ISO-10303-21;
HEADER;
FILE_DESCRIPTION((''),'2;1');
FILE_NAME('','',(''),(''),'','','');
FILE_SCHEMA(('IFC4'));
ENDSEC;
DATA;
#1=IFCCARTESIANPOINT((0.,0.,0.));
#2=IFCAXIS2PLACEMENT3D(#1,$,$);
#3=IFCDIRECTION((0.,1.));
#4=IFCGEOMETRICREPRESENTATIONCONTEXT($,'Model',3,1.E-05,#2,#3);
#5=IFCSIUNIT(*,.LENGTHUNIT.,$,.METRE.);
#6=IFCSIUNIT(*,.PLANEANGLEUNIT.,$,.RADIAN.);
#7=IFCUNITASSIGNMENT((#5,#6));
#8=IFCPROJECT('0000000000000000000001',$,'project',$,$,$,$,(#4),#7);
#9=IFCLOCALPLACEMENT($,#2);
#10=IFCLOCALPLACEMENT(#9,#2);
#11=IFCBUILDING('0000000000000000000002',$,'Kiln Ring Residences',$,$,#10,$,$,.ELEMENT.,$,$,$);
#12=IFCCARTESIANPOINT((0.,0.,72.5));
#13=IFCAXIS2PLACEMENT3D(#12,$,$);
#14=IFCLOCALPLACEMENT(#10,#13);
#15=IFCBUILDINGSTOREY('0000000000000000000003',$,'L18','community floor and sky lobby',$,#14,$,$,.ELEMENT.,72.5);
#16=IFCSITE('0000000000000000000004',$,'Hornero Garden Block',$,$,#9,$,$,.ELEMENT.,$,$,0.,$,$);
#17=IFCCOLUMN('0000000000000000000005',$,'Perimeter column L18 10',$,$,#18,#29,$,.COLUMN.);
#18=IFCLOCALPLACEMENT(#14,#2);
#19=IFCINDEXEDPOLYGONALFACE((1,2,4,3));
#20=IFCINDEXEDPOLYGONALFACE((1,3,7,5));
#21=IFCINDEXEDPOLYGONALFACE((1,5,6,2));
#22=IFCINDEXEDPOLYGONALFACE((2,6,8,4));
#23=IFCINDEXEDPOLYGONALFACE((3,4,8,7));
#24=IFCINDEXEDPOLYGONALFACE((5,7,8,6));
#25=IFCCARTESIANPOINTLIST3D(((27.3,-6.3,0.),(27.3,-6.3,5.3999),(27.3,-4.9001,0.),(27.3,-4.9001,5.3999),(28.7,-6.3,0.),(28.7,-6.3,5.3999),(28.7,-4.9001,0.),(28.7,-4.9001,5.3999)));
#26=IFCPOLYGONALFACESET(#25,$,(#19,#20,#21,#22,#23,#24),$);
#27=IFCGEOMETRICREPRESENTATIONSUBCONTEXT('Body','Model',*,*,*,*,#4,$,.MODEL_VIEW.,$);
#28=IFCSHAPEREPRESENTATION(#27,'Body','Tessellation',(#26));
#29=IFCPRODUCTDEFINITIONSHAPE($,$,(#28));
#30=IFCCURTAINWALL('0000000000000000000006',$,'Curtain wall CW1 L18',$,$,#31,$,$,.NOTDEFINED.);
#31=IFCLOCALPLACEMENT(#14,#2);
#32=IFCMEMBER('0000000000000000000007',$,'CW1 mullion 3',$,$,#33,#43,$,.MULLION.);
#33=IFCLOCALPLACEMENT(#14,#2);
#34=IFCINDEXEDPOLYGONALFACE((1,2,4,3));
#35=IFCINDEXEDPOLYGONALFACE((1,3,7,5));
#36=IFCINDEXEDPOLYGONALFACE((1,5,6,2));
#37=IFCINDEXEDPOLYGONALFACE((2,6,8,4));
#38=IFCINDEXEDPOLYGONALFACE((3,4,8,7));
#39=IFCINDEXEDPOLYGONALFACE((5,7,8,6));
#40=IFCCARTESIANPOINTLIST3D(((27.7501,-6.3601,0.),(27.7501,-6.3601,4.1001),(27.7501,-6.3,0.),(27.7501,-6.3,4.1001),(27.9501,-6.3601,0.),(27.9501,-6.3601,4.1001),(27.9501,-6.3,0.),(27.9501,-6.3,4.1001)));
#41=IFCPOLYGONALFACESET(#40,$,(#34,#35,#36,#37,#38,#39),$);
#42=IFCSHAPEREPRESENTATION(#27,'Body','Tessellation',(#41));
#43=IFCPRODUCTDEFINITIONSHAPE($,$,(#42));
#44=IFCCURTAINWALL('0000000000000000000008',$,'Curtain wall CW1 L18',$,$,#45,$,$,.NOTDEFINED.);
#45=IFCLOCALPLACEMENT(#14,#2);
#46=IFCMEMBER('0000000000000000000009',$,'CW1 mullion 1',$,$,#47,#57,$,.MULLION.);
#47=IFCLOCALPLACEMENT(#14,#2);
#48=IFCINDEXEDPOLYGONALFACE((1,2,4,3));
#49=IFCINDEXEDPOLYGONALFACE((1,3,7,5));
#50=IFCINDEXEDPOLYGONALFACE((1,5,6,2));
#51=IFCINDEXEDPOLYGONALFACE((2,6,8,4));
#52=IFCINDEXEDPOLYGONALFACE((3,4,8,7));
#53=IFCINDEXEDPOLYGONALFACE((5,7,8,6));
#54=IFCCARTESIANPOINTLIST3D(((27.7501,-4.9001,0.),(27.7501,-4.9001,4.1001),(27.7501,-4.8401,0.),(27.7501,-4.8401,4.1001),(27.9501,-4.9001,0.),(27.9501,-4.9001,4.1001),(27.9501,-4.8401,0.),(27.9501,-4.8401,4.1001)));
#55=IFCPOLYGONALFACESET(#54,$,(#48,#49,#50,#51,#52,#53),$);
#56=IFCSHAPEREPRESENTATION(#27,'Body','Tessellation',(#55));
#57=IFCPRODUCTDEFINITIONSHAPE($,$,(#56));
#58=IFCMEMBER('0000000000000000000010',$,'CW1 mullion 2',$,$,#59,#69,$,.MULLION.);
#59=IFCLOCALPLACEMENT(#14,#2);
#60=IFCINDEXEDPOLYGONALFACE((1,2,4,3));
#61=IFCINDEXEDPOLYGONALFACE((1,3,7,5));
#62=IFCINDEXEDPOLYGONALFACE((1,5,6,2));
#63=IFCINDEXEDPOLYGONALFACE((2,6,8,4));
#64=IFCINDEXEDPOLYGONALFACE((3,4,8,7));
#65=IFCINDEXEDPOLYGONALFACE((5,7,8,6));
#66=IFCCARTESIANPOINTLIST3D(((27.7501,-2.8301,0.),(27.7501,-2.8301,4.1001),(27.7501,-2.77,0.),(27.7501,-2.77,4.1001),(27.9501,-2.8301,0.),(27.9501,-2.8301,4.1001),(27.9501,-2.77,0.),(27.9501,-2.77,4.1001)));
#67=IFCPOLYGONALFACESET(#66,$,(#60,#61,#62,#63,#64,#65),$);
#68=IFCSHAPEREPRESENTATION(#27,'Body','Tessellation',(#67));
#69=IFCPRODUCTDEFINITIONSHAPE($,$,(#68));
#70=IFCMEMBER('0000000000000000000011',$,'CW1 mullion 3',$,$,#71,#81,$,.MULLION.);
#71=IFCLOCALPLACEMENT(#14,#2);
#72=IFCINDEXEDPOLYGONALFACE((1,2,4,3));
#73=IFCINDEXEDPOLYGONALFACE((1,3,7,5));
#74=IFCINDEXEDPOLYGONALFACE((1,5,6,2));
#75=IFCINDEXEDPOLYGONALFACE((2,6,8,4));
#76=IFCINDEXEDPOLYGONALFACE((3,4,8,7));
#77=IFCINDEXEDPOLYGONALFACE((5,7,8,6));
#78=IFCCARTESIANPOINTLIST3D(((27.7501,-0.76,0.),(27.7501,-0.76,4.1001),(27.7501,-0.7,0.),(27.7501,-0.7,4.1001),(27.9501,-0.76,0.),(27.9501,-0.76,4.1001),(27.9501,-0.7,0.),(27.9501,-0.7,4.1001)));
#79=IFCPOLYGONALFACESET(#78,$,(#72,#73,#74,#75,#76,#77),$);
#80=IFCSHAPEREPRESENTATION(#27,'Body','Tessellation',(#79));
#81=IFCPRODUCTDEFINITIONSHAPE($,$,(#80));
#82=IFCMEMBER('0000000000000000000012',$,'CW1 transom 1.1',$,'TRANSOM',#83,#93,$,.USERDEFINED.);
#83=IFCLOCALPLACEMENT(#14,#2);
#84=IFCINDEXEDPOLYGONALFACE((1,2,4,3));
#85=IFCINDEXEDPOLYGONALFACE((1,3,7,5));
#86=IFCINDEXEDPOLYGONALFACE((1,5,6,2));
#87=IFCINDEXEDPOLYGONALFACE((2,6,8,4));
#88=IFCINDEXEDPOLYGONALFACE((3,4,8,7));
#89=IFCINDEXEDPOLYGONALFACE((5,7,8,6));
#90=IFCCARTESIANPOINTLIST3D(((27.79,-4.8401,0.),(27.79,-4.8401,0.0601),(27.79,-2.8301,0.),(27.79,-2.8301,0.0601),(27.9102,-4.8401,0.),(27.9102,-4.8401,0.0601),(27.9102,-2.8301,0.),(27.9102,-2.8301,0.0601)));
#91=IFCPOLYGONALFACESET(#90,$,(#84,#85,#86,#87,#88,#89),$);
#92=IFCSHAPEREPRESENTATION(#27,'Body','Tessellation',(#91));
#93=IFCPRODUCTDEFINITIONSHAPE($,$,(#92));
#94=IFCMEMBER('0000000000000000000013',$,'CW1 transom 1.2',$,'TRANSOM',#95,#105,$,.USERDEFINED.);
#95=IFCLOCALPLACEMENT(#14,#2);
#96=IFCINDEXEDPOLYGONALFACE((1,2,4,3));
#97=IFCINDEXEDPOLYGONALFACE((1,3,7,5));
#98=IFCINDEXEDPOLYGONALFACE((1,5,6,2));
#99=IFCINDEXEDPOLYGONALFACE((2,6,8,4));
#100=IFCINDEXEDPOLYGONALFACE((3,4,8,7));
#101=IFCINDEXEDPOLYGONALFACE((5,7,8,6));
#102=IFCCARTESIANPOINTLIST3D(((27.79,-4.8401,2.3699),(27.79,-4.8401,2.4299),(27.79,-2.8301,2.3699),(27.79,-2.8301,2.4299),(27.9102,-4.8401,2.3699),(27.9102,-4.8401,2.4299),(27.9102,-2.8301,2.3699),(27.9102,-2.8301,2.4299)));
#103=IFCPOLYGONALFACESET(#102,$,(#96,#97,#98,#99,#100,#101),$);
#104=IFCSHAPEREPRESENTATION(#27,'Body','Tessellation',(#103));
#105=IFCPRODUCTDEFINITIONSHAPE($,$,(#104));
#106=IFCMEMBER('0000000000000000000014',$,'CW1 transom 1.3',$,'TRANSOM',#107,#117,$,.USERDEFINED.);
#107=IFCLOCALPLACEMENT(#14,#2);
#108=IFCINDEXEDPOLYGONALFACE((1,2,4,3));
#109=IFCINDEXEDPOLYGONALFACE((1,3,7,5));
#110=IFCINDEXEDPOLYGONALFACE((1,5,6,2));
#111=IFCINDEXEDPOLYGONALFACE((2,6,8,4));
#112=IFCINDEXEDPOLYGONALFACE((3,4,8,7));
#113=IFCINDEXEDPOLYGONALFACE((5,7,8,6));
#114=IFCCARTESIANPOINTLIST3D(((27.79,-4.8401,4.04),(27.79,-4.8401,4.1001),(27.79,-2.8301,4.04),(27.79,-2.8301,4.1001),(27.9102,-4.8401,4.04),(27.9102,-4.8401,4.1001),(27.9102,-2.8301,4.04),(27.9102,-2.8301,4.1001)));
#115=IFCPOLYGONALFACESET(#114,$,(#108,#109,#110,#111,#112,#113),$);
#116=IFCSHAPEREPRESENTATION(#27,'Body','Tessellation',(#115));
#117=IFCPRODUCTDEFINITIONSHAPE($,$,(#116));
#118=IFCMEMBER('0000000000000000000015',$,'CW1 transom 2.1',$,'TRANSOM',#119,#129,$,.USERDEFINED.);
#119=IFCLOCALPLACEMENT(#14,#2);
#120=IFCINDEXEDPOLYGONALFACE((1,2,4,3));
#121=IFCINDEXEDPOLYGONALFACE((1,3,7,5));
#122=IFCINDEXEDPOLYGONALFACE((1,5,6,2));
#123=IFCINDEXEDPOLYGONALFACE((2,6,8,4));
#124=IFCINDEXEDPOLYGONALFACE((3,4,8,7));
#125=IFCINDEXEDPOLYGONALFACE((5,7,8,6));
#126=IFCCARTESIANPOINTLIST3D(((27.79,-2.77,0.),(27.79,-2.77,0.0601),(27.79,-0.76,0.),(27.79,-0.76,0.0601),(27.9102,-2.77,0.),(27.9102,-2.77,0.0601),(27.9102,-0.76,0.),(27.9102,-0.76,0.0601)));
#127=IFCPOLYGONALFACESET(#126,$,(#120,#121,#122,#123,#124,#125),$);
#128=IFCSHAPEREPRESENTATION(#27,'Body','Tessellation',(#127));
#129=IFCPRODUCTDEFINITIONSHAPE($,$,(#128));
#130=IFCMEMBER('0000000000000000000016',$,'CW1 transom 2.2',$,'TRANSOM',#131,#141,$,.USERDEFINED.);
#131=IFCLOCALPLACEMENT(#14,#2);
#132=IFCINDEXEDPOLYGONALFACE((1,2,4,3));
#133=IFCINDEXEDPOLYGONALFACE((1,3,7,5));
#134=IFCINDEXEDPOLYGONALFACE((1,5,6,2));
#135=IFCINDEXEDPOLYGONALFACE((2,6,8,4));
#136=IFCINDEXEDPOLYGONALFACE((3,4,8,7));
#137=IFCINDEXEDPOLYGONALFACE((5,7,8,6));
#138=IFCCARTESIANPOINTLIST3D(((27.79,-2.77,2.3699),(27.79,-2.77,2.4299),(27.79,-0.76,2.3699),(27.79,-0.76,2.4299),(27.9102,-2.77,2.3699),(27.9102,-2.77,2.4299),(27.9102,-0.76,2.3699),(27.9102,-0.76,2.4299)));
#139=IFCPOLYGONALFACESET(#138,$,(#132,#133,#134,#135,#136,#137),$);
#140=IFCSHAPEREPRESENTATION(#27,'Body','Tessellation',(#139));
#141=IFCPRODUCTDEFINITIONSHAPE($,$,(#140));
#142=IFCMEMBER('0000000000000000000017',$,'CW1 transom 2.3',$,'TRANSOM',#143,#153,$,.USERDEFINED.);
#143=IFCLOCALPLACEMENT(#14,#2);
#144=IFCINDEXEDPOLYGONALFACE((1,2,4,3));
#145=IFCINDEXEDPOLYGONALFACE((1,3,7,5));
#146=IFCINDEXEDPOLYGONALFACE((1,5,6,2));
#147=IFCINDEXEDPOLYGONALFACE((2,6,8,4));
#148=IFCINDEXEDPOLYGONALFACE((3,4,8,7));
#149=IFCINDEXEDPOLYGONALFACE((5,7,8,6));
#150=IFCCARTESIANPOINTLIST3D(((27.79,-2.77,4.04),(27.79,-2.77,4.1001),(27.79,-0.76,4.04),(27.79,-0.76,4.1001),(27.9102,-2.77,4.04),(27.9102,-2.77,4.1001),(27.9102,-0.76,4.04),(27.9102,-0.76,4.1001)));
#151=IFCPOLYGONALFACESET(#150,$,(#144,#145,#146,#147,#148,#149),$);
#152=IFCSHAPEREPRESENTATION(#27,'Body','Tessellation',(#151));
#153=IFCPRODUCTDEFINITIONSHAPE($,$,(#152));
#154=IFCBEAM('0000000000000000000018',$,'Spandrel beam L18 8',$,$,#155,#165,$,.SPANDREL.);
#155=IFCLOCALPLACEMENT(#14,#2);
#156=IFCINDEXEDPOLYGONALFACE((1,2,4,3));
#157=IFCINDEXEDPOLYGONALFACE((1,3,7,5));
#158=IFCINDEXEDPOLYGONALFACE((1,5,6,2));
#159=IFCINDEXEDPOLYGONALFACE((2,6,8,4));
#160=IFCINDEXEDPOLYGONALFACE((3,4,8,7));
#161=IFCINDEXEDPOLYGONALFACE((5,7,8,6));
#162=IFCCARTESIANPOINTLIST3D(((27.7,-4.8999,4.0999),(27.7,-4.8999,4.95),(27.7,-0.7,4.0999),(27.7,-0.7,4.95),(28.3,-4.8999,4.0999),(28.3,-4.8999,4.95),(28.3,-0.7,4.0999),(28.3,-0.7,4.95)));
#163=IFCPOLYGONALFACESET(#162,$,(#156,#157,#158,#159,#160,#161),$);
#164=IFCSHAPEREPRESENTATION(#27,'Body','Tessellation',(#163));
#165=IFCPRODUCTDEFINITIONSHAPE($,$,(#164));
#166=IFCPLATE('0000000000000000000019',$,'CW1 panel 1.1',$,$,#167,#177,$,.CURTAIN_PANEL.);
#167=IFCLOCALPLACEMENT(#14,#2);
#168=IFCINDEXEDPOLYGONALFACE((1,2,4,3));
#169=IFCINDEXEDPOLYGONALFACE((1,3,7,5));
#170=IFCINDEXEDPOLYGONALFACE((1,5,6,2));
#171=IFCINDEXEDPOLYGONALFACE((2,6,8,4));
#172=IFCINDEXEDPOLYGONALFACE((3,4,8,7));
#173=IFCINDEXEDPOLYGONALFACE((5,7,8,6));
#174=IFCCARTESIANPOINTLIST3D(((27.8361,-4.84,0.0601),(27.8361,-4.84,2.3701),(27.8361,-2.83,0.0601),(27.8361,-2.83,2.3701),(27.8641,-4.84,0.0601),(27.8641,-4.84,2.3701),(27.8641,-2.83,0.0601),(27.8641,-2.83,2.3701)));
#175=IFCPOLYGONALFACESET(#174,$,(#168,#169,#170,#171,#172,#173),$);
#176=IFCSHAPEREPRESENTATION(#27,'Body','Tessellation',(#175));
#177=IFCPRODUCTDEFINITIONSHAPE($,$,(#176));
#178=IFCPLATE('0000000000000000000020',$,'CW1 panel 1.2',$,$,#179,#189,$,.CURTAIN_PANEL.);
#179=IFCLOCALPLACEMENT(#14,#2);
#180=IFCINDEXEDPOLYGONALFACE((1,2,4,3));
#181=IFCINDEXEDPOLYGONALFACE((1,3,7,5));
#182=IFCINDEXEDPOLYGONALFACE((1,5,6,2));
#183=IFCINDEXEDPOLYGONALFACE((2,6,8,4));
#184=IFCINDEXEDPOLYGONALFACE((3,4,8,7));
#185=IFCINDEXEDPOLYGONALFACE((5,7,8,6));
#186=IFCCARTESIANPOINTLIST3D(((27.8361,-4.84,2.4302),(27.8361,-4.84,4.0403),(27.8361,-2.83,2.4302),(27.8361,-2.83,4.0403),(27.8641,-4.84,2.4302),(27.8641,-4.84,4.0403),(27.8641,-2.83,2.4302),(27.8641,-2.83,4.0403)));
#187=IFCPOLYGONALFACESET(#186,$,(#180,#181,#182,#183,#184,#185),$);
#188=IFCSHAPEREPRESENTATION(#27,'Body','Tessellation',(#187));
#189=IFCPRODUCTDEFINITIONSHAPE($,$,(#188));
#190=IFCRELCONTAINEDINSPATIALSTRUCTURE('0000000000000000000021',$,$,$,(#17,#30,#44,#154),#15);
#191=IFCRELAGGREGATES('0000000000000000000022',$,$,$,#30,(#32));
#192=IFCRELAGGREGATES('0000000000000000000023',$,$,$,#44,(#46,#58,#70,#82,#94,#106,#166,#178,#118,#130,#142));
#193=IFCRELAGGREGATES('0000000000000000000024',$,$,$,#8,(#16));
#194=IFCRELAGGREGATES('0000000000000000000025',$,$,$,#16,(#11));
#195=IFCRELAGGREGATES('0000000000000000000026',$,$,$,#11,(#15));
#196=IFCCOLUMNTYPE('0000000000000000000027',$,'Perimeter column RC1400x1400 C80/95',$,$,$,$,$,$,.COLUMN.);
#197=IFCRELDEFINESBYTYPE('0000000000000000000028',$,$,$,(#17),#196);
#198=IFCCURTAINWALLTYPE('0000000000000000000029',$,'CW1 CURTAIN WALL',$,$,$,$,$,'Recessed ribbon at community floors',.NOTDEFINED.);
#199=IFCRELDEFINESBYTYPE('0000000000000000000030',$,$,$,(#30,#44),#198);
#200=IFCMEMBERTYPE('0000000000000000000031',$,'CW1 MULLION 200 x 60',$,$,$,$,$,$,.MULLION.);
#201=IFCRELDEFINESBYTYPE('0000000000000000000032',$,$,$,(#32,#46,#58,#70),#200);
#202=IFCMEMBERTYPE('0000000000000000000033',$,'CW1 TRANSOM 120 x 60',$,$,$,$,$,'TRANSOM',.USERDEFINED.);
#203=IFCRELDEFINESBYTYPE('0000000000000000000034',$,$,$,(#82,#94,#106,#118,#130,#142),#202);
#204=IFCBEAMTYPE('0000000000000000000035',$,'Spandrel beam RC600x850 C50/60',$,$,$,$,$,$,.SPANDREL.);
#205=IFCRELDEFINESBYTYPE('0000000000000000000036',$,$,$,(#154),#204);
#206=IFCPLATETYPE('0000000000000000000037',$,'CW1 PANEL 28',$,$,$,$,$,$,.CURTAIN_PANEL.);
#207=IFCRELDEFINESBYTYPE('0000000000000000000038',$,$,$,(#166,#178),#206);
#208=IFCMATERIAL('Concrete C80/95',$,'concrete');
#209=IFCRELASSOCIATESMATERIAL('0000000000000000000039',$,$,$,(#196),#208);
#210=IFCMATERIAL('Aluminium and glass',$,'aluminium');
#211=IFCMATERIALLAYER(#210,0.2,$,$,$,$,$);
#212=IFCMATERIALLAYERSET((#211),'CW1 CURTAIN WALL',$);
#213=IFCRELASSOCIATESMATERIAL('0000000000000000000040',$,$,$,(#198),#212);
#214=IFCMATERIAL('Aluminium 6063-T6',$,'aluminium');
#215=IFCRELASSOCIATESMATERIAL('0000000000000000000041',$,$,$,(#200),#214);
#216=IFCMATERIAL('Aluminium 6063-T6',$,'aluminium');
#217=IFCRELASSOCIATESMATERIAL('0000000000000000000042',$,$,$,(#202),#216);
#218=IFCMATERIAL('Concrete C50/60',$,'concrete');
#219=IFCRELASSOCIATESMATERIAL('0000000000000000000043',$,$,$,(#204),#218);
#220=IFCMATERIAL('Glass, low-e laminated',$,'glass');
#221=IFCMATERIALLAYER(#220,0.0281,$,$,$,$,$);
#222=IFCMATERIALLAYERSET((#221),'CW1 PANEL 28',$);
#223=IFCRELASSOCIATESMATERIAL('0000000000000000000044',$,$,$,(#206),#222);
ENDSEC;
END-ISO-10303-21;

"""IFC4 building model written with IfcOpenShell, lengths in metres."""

from ifc_helpers import new_model, si_unit, direction, frame, origin, origin_2d, place, context, subcontext, project, spatial, rectangle, extrude, material, layer, layer_set, material_profile, profile_set, type_object, element, aggregate, save


model = new_model("IFC4")

# Units and contexts
model_context = context("Model", 3, precision=1e-05, world=origin(), true_north=direction((0.0, 1.0)))
body_context = subcontext(model_context, "Body", "Model", "MODEL_VIEW")
ifc_project = project(units=[si_unit("LENGTHUNIT", "METRE"), si_unit("PLANEANGLEUNIT", "RADIAN")], contexts=[model_context])

# Site, building, storey
site_placement = place(None, origin())
site = spatial("IfcSite", under=ifc_project, at=site_placement, Name="Hornero Garden Block", CompositionType="ELEMENT", RefElevation=0.0)
building_placement = place(site_placement, origin())
building = spatial("IfcBuilding", under=site, at=building_placement, Name="Kiln Ring Residences", CompositionType="ELEMENT")
storey_placement = place(building_placement, frame((0.0, 0.0, 72.5)))
storey = spatial("IfcBuildingStorey", under=building, at=storey_placement, Name="L18", Description="community floor and sky lobby", CompositionType="ELEMENT", Elevation=72.5)

# Column
ifc_material_1 = material(Name="Concrete C80/95", Category="concrete")
ifc_material_profile_1 = material_profile(ifc_material_1, rectangle(XDim=1.3999, YDim=1.3999, at=origin_2d()), Name="RC1400x1400")
ifc_profile_set_1 = profile_set([ifc_material_profile_1], Name="Concrete C80/95")
column_type = type_object("IfcColumnType", Name="Perimeter column RC1400x1400 C80/95", PredefinedType="COLUMN", material=ifc_profile_set_1)
column_placement = place(storey_placement, frame((28.0, -5.6001, 0.0), z_axis=(0.0, 0.0, 1.0), x_axis=(1.0, 0.0, 0.0)))
element("IfcColumn", 1, at=column_placement, inside=storey, type_object=column_type, Name="Perimeter column L18 10", PredefinedType="COLUMN", context=body_context, shape_type="SweptSolid", body=[
    extrude(rectangle(XDim=1.3999, YDim=1.3999, at=origin_2d()), origin(), (0.0, 0.0, 1.0), 5.3999),
])

# Curtain wall, member
ifc_material_2 = material(Name="Aluminium and glass", Category="aluminium")
ifc_layer_1 = layer(ifc_material_2, 0.2)
ifc_layer_set_1 = layer_set([ifc_layer_1], Name="CW1 CURTAIN WALL")
curtain_wall_type = type_object("IfcCurtainWallType", Name="CW1 CURTAIN WALL", ElementType="Recessed ribbon at community floors", PredefinedType="NOTDEFINED", material=ifc_layer_set_1)
placement = place(storey_placement, origin())
curtain_wall_1 = element("IfcCurtainWall", 2, at=placement, inside=storey, type_object=curtain_wall_type, Name="Curtain wall CW1 L18", PredefinedType="NOTDEFINED")
ifc_material_3 = material(Name="Aluminium 6063-T6", Category="aluminium")
ifc_material_profile_2 = material_profile(ifc_material_3, rectangle(XDim=0.2, YDim=0.0601, at=origin_2d()), Name="AL 200x60")
ifc_profile_set_2 = profile_set([ifc_material_profile_2], Name="Aluminium 6063-T6")
member_type_1 = type_object("IfcMemberType", Name="CW1 MULLION 200 x 60", PredefinedType="MULLION", material=ifc_profile_set_2)
member_1_placement = place(storey_placement, frame((27.8501, -6.3301, 0.0), z_axis=(0.0, 0.0, 1.0), x_axis=(-1.0, 0.0, 0.0)))
member_1 = element("IfcMember", 3, at=member_1_placement, type_object=member_type_1, Name="CW1 mullion 3", PredefinedType="MULLION", context=body_context, shape_type="SweptSolid", body=[
    extrude(rectangle(XDim=0.2, YDim=0.0601, at=origin_2d()), origin(), (0.0, 0.0, 1.0), 4.1001),
])
aggregate(curtain_wall_1, [member_1])

# Curtain wall, members
curtain_wall_2 = element("IfcCurtainWall", 4, at=placement, inside=storey, type_object=curtain_wall_type, Name="Curtain wall CW1 L18", PredefinedType="NOTDEFINED")
member_2_placement = place(storey_placement, frame((27.8501, -4.8701, 0.0), z_axis=(0.0, 0.0, 1.0), x_axis=(-1.0, 0.0, 0.0)))
member_2 = element("IfcMember", 5, at=member_2_placement, type_object=member_type_1, Name="CW1 mullion 1", PredefinedType="MULLION", context=body_context, shape_type="SweptSolid", body=[
    extrude(rectangle(XDim=0.2, YDim=0.0601, at=origin_2d()), origin(), (0.0, 0.0, 1.0), 4.1001),
])
member_3_placement = place(storey_placement, frame((27.8501, -2.8, 0.0), z_axis=(0.0, 0.0, 1.0), x_axis=(-1.0, 0.0, 0.0)))
member_3 = element("IfcMember", 6, at=member_3_placement, type_object=member_type_1, Name="CW1 mullion 2", PredefinedType="MULLION", context=body_context, shape_type="SweptSolid", body=[
    extrude(rectangle(XDim=0.2, YDim=0.0601, at=origin_2d()), origin(), (0.0, 0.0, 1.0), 4.1001),
])
member_4_placement = place(storey_placement, frame((27.8501, -0.73, 0.0), z_axis=(0.0, 0.0, 1.0), x_axis=(-1.0, 0.0, 0.0)))
member_4 = element("IfcMember", 7, at=member_4_placement, type_object=member_type_1, Name="CW1 mullion 3", PredefinedType="MULLION", context=body_context, shape_type="SweptSolid", body=[
    extrude(rectangle(XDim=0.2, YDim=0.0601, at=origin_2d()), origin(), (0.0, 0.0, 1.0), 4.1001),
])
ifc_material_4 = material(Name="Aluminium 6063-T6", Category="aluminium")
ifc_material_profile_3 = material_profile(ifc_material_4, rectangle(XDim=0.1201, YDim=0.0601, at=origin_2d()), Name="AL 120x60")
ifc_profile_set_3 = profile_set([ifc_material_profile_3], Name="Aluminium 6063-T6")
member_type_2 = type_object("IfcMemberType", Name="CW1 TRANSOM 120 x 60", ElementType="TRANSOM", PredefinedType="USERDEFINED", material=ifc_profile_set_3)
member_5_placement = place(storey_placement, frame((27.8501, -4.8401, 0.03), z_axis=(0.0, 1.0, 0.0), x_axis=(-1.0, 0.0, 0.0)))
member_5 = element("IfcMember", 8, at=member_5_placement, type_object=member_type_2, Name="CW1 transom 1.1", ObjectType="TRANSOM", PredefinedType="USERDEFINED", context=body_context, shape_type="SweptSolid", body=[
    extrude(rectangle(XDim=0.1201, YDim=0.0601, at=origin_2d()), origin(), (0.0, 0.0, 1.0), 2.01),
])
member_6_placement = place(storey_placement, frame((27.8501, -4.8401, 2.3999), z_axis=(0.0, 1.0, 0.0), x_axis=(-1.0, 0.0, 0.0)))
member_6 = element("IfcMember", 9, at=member_6_placement, type_object=member_type_2, Name="CW1 transom 1.2", ObjectType="TRANSOM", PredefinedType="USERDEFINED", context=body_context, shape_type="SweptSolid", body=[
    extrude(rectangle(XDim=0.1201, YDim=0.0601, at=origin_2d()), origin(), (0.0, 0.0, 1.0), 2.01),
])
member_7_placement = place(storey_placement, frame((27.8501, -4.8401, 4.0701), z_axis=(0.0, 1.0, 0.0), x_axis=(-1.0, 0.0, 0.0)))
member_7 = element("IfcMember", 10, at=member_7_placement, type_object=member_type_2, Name="CW1 transom 1.3", ObjectType="TRANSOM", PredefinedType="USERDEFINED", context=body_context, shape_type="SweptSolid", body=[
    extrude(rectangle(XDim=0.1201, YDim=0.0601, at=origin_2d()), origin(), (0.0, 0.0, 1.0), 2.01),
])
member_8_placement = place(storey_placement, frame((27.8501, -2.77, 0.03), z_axis=(0.0, 1.0, 0.0), x_axis=(-1.0, 0.0, 0.0)))
member_8 = element("IfcMember", 11, at=member_8_placement, type_object=member_type_2, Name="CW1 transom 2.1", ObjectType="TRANSOM", PredefinedType="USERDEFINED", context=body_context, shape_type="SweptSolid", body=[
    extrude(rectangle(XDim=0.1201, YDim=0.0601, at=origin_2d()), origin(), (0.0, 0.0, 1.0), 2.01),
])
member_9_placement = place(storey_placement, frame((27.8501, -2.77, 2.3999), z_axis=(0.0, 1.0, 0.0), x_axis=(-1.0, 0.0, 0.0)))
member_9 = element("IfcMember", 12, at=member_9_placement, type_object=member_type_2, Name="CW1 transom 2.2", ObjectType="TRANSOM", PredefinedType="USERDEFINED", context=body_context, shape_type="SweptSolid", body=[
    extrude(rectangle(XDim=0.1201, YDim=0.0601, at=origin_2d()), origin(), (0.0, 0.0, 1.0), 2.01),
])
member_10_placement = place(storey_placement, frame((27.8501, -2.77, 4.0701), z_axis=(0.0, 1.0, 0.0), x_axis=(-1.0, 0.0, 0.0)))
member_10 = element("IfcMember", 13, at=member_10_placement, type_object=member_type_2, Name="CW1 transom 2.3", ObjectType="TRANSOM", PredefinedType="USERDEFINED", context=body_context, shape_type="SweptSolid", body=[
    extrude(rectangle(XDim=0.1201, YDim=0.0601, at=origin_2d()), origin(), (0.0, 0.0, 1.0), 2.01),
])

# Beam
ifc_material_5 = material(Name="Concrete C50/60", Category="concrete")
ifc_material_profile_4 = material_profile(ifc_material_5, rectangle(XDim=0.6001, YDim=0.8501, at=origin_2d()), Name="RC600x850")
ifc_profile_set_4 = profile_set([ifc_material_profile_4], Name="Concrete C50/60")
beam_type = type_object("IfcBeamType", Name="Spandrel beam RC600x850 C50/60", PredefinedType="SPANDREL", material=ifc_profile_set_4)
beam_placement = place(storey_placement, frame((28.0, -4.8999, 4.5249), z_axis=(0.0, 1.0, 0.0), x_axis=(-1.0, 0.0, 0.0)))
element("IfcBeam", 14, at=beam_placement, inside=storey, type_object=beam_type, Name="Spandrel beam L18 8", PredefinedType="SPANDREL", context=body_context, shape_type="SweptSolid", body=[
    extrude(rectangle(XDim=0.6001, YDim=0.8501, at=origin_2d()), origin(), (0.0, 0.0, 1.0), 4.2),
])

# Plates
ifc_material_6 = material(Name="Glass, low-e laminated", Category="glass")
ifc_layer_2 = layer(ifc_material_6, 0.0281)
ifc_layer_set_2 = layer_set([ifc_layer_2], Name="CW1 PANEL 28")
plate_type = type_object("IfcPlateType", Name="CW1 PANEL 28", PredefinedType="CURTAIN_PANEL", material=ifc_layer_set_2)
plate_1_placement = place(storey_placement, frame((27.8501, -3.835, 0.0601), z_axis=(0.0, 0.0, 1.0), x_axis=(0.0, 1.0, 0.0)))
plate_1 = element("IfcPlate", 15, at=plate_1_placement, type_object=plate_type, Name="CW1 panel 1.1", PredefinedType="CURTAIN_PANEL", context=body_context, shape_type="SweptSolid", body=[
    extrude(rectangle(XDim=2.01, YDim=0.0281, at=origin_2d()), origin(), (0.0, 0.0, 1.0), 2.3101),
])
plate_2_placement = place(storey_placement, frame((27.8501, -3.835, 2.4302), z_axis=(0.0, 0.0, 1.0), x_axis=(0.0, 1.0, 0.0)))
plate_2 = element("IfcPlate", 16, at=plate_2_placement, type_object=plate_type, Name="CW1 panel 1.2", PredefinedType="CURTAIN_PANEL", context=body_context, shape_type="SweptSolid", body=[
    extrude(rectangle(XDim=2.01, YDim=0.0281, at=origin_2d()), origin(), (0.0, 0.0, 1.0), 1.6101),
])
aggregate(curtain_wall_2, [member_2, member_3, member_4, member_5, member_6, member_7, plate_1, plate_2, member_8, member_9, member_10])

save(model, "model.ifc")
